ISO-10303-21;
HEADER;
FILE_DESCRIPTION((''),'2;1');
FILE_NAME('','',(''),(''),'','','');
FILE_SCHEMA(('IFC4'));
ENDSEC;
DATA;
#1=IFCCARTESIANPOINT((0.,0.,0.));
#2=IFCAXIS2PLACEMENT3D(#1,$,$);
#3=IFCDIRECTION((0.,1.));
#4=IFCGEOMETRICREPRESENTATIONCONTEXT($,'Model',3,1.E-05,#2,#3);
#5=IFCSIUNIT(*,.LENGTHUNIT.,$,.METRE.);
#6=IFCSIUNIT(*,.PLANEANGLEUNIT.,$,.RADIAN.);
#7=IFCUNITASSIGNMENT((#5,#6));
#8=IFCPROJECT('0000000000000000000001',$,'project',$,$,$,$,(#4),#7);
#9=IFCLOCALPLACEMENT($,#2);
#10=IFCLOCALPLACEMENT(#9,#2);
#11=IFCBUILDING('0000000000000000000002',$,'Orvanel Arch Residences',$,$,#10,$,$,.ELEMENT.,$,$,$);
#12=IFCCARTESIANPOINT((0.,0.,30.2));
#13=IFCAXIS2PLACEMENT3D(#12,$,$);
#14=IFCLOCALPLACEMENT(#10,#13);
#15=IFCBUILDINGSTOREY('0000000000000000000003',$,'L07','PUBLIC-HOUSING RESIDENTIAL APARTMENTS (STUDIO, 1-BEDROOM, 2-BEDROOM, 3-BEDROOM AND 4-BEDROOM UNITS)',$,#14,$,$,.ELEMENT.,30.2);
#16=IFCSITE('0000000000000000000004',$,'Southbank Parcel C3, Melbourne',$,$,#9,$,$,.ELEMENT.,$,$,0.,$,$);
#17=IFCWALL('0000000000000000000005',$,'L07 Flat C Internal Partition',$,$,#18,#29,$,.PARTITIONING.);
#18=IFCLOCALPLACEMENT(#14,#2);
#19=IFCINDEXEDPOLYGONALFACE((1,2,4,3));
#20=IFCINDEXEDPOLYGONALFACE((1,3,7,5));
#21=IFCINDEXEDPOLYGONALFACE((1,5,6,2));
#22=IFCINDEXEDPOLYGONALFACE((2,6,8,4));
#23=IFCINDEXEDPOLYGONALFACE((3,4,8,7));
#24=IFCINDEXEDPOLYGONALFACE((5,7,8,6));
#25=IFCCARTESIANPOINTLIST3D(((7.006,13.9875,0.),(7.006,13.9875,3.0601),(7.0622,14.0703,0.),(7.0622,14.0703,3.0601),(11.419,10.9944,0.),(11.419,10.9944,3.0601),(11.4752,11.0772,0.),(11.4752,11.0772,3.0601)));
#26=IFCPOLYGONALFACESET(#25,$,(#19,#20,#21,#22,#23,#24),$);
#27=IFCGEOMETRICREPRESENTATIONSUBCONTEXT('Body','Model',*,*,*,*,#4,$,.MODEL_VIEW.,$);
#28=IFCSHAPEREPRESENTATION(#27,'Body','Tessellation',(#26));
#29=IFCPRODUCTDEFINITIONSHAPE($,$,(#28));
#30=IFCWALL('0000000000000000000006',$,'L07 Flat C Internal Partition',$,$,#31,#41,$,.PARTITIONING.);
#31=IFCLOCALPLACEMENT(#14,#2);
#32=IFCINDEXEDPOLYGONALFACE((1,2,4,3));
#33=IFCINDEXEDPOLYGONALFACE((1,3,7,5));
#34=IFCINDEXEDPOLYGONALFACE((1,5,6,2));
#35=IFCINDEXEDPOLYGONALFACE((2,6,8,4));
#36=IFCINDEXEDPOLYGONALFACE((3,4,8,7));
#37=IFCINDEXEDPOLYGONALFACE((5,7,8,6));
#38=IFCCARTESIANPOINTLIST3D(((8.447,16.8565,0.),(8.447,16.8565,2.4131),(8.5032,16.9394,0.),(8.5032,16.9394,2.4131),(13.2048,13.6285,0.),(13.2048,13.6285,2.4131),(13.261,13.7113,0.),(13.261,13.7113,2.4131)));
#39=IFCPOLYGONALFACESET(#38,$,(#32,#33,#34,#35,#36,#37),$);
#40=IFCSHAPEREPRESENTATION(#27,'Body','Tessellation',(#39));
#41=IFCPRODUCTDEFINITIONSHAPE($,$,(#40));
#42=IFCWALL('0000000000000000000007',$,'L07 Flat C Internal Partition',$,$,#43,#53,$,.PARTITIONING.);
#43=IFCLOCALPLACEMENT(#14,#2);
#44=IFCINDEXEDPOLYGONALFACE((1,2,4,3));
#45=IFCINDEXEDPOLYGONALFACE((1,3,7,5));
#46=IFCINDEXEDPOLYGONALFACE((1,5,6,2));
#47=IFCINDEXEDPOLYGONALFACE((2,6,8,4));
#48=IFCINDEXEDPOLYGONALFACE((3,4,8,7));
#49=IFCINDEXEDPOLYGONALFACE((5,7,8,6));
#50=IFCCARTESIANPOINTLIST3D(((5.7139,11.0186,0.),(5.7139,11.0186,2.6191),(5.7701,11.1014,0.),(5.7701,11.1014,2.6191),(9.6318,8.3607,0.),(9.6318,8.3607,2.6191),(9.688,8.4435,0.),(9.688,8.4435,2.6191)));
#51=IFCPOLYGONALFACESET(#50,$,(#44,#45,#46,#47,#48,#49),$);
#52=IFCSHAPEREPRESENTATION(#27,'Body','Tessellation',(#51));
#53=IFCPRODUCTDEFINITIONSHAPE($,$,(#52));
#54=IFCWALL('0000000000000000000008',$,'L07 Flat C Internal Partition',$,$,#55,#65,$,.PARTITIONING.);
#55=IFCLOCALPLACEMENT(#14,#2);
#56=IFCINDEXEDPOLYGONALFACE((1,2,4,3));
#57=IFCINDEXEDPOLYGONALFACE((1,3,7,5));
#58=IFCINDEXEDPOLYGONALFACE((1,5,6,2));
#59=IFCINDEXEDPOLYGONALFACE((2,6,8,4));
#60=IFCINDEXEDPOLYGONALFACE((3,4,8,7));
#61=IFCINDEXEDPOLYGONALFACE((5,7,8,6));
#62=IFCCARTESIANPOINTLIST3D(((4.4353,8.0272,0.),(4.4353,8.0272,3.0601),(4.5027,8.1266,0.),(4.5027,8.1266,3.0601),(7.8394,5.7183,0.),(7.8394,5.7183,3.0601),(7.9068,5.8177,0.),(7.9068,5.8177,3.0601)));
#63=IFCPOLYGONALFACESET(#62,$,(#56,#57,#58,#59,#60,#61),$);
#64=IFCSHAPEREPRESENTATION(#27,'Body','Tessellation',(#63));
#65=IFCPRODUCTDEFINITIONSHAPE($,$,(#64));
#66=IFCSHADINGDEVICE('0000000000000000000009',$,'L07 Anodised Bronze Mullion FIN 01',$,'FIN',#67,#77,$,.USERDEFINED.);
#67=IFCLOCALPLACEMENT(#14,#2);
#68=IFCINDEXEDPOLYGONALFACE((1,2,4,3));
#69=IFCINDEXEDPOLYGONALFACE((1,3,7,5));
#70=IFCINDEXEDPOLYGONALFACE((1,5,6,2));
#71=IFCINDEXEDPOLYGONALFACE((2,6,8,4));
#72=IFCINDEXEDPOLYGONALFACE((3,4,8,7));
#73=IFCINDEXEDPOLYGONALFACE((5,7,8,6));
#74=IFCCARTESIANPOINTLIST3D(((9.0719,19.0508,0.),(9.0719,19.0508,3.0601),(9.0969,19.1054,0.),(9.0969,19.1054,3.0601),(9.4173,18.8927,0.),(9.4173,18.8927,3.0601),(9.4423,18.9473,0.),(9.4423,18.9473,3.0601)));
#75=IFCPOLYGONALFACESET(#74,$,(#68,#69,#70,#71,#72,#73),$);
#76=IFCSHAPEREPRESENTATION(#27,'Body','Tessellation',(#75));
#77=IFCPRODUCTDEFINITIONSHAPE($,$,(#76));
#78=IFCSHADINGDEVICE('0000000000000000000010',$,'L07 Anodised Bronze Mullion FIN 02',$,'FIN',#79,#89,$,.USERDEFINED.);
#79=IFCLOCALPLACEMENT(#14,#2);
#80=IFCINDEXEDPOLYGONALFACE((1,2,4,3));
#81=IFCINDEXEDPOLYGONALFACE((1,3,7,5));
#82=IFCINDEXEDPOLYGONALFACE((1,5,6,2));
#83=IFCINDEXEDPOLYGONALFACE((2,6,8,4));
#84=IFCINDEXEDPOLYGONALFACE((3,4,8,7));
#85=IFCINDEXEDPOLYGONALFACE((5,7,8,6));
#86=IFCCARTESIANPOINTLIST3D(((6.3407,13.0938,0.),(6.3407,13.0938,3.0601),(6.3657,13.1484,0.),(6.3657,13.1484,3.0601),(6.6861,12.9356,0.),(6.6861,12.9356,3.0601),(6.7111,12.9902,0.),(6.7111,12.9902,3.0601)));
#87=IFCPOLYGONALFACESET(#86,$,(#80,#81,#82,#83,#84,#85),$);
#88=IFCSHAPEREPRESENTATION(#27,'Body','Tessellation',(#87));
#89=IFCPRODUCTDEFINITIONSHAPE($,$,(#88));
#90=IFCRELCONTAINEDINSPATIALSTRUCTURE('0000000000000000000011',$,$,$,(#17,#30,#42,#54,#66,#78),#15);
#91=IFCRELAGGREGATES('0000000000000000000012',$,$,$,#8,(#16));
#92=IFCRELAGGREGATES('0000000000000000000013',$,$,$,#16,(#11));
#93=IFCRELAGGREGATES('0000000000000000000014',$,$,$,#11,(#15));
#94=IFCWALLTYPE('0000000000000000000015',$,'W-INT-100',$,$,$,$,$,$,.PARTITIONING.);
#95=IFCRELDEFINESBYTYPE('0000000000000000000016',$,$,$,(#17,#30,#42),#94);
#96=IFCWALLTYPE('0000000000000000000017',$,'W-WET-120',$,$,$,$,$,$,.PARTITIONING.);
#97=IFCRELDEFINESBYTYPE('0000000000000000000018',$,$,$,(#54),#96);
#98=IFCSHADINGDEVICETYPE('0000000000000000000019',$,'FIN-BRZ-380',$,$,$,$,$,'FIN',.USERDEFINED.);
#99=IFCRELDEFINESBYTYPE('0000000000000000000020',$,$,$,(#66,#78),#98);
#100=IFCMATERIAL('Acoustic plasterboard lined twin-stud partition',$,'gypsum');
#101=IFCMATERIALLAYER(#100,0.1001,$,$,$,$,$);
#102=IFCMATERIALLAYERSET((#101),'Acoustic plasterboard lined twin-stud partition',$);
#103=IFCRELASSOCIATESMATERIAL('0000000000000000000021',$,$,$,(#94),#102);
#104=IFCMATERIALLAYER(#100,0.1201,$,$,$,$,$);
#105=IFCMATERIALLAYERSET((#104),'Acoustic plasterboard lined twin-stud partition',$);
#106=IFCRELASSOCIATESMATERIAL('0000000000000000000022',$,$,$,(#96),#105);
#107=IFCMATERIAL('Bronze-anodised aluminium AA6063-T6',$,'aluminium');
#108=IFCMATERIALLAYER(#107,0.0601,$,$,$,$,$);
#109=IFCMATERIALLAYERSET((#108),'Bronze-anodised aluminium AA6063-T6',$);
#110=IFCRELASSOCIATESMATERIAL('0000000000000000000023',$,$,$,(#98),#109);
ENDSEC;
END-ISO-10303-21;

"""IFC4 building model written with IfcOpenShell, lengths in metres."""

from ifc_helpers import new_model, si_unit, direction, frame, frame_2d, origin, origin_2d, place, context, subcontext, project, spatial, rectangle, extrude, material, layer, layer_set, type_object, element, save


model = new_model("IFC4")

# Units and contexts
model_context = context("Model", 3, precision=1e-05, world=origin(), true_north=direction((0.0, 1.0)))
body_context = subcontext(model_context, "Body", "Model", "MODEL_VIEW")
ifc_project = project(units=[si_unit("LENGTHUNIT", "METRE"), si_unit("PLANEANGLEUNIT", "RADIAN")], contexts=[model_context])

# Site, building, storey
site_placement = place(None, origin())
site = spatial("IfcSite", under=ifc_project, at=site_placement, Name="Southbank Parcel C3, Melbourne", CompositionType="ELEMENT", RefElevation=0.0)
building_placement = place(site_placement, origin())
building = spatial("IfcBuilding", under=site, at=building_placement, Name="Orvanel Arch Residences", CompositionType="ELEMENT")
storey_placement = place(building_placement, frame((0.0, 0.0, 30.2)))
storey = spatial("IfcBuildingStorey", under=building, at=storey_placement, Name="L07", Description="PUBLIC-HOUSING RESIDENTIAL APARTMENTS (STUDIO, 1-BEDROOM, 2-BEDROOM, 3-BEDROOM AND 4-BEDROOM UNITS)", CompositionType="ELEMENT", Elevation=30.2)

# Shared definitions
ifc_material_1 = material(Name="Bronze-anodised aluminium AA6063-T6", Category="aluminium")

# Shared definitions
ifc_material_2 = material(Name="Acoustic plasterboard lined twin-stud partition", Category="gypsum")
ifc_layer_1 = layer(ifc_material_2, 0.1001)
ifc_layer_set_1 = layer_set([ifc_layer_1], Name="Acoustic plasterboard lined twin-stud partition")
wall_type_1 = type_object("IfcWallType", Name="W-INT-100", PredefinedType="PARTITIONING", material=ifc_layer_set_1)

# Walls
wall_1_placement = place(storey_placement, frame((11.447, 11.0359, 0.0), z_axis=(0.0, 0.0, 1.0), x_axis=(-0.8276, 0.561318, 0.0)))
element("IfcWall", 1, at=wall_1_placement, inside=storey, type_object=wall_type_1, Name="L07 Flat C Internal Partition", PredefinedType="PARTITIONING", context=body_context, shape_type="SweptSolid", body=[
    extrude(rectangle(XDim=5.3323, YDim=0.1001, at=frame_2d((2.666, 0.0))), origin(), (0.0, 0.0, 1.0), 3.0601),
])
wall_2_placement = place(storey_placement, frame((8.4751, 16.8979, 0.0), z_axis=(0.0, 0.0, 1.0), x_axis=(0.827515, -0.561443, 0.0)))
element("IfcWall", 2, at=wall_2_placement, inside=storey, type_object=wall_type_1, Name="L07 Flat C Internal Partition", PredefinedType="PARTITIONING", context=body_context, shape_type="SweptSolid", body=[
    extrude(rectangle(XDim=5.7495, YDim=0.1001, at=frame_2d((2.8748, 0.0))), origin(), (0.0, 0.0, 1.0), 2.4131),
])
wall_3_placement = place(storey_placement, frame((9.6599, 8.4021, 0.0), z_axis=(0.0, 0.0, 1.0), x_axis=(-0.827541, 0.561406, 0.0)))
element("IfcWall", 3, at=wall_3_placement, inside=storey, type_object=wall_type_1, Name="L07 Flat C Internal Partition", PredefinedType="PARTITIONING", context=body_context, shape_type="SweptSolid", body=[
    extrude(rectangle(XDim=4.7344, YDim=0.1001, at=frame_2d((2.3672, 0.0))), origin(), (0.0, 0.0, 1.0), 2.6191),
])
ifc_layer_2 = layer(ifc_material_2, 0.1201)
ifc_layer_set_2 = layer_set([ifc_layer_2], Name="Acoustic plasterboard lined twin-stud partition")
wall_type_2 = type_object("IfcWallType", Name="W-WET-120", PredefinedType="PARTITIONING", material=ifc_layer_set_2)
wall_4_placement = place(storey_placement, frame((4.469, 8.0769, 0.0), z_axis=(0.0, 0.0, 1.0), x_axis=(0.827595, -0.561326, 0.0)))
element("IfcWall", 4, at=wall_4_placement, inside=storey, type_object=wall_type_2, Name="L07 Flat C Internal Partition", PredefinedType="PARTITIONING", context=body_context, shape_type="SweptSolid", body=[
    extrude(rectangle(XDim=4.1133, YDim=0.1201, at=frame_2d((2.0566, 0.0))), origin(), (0.0, 0.0, 1.0), 3.0601),
])

# Shading devices
ifc_layer_3 = layer(ifc_material_1, 0.0601)
ifc_layer_set_3 = layer_set([ifc_layer_3], Name="Bronze-anodised aluminium AA6063-T6")
shading_device_type = type_object("IfcShadingDeviceType", Name="FIN-BRZ-380", ElementType="FIN", PredefinedType="USERDEFINED", material=ifc_layer_set_3)
for number, where, z_axis, x_axis, name in (
    (5, (9.2571, 18.999, 0.0), (0.0, 0.0, 1.0), (-0.909236, 0.416281, 0.0), "L07 Anodised Bronze Mullion FIN 01"),
    (6, (6.5259, 13.042, 0.0), (0.0, 0.0, 1.0), (-0.909236, 0.416281, 0.0), "L07 Anodised Bronze Mullion FIN 02"),
):
    element("IfcShadingDevice", number, at=place(storey_placement, frame(where, z_axis=z_axis, x_axis=x_axis)), inside=storey, type_object=shading_device_type, Name=name, ObjectType="FIN", PredefinedType="USERDEFINED", context=body_context, shape_type="SweptSolid", body=[
        extrude(rectangle(XDim=0.3799, YDim=0.0601, at=origin_2d()), origin(), (0.0, 0.0, 1.0), 3.0601),
    ])

save(model, "model.ifc")
